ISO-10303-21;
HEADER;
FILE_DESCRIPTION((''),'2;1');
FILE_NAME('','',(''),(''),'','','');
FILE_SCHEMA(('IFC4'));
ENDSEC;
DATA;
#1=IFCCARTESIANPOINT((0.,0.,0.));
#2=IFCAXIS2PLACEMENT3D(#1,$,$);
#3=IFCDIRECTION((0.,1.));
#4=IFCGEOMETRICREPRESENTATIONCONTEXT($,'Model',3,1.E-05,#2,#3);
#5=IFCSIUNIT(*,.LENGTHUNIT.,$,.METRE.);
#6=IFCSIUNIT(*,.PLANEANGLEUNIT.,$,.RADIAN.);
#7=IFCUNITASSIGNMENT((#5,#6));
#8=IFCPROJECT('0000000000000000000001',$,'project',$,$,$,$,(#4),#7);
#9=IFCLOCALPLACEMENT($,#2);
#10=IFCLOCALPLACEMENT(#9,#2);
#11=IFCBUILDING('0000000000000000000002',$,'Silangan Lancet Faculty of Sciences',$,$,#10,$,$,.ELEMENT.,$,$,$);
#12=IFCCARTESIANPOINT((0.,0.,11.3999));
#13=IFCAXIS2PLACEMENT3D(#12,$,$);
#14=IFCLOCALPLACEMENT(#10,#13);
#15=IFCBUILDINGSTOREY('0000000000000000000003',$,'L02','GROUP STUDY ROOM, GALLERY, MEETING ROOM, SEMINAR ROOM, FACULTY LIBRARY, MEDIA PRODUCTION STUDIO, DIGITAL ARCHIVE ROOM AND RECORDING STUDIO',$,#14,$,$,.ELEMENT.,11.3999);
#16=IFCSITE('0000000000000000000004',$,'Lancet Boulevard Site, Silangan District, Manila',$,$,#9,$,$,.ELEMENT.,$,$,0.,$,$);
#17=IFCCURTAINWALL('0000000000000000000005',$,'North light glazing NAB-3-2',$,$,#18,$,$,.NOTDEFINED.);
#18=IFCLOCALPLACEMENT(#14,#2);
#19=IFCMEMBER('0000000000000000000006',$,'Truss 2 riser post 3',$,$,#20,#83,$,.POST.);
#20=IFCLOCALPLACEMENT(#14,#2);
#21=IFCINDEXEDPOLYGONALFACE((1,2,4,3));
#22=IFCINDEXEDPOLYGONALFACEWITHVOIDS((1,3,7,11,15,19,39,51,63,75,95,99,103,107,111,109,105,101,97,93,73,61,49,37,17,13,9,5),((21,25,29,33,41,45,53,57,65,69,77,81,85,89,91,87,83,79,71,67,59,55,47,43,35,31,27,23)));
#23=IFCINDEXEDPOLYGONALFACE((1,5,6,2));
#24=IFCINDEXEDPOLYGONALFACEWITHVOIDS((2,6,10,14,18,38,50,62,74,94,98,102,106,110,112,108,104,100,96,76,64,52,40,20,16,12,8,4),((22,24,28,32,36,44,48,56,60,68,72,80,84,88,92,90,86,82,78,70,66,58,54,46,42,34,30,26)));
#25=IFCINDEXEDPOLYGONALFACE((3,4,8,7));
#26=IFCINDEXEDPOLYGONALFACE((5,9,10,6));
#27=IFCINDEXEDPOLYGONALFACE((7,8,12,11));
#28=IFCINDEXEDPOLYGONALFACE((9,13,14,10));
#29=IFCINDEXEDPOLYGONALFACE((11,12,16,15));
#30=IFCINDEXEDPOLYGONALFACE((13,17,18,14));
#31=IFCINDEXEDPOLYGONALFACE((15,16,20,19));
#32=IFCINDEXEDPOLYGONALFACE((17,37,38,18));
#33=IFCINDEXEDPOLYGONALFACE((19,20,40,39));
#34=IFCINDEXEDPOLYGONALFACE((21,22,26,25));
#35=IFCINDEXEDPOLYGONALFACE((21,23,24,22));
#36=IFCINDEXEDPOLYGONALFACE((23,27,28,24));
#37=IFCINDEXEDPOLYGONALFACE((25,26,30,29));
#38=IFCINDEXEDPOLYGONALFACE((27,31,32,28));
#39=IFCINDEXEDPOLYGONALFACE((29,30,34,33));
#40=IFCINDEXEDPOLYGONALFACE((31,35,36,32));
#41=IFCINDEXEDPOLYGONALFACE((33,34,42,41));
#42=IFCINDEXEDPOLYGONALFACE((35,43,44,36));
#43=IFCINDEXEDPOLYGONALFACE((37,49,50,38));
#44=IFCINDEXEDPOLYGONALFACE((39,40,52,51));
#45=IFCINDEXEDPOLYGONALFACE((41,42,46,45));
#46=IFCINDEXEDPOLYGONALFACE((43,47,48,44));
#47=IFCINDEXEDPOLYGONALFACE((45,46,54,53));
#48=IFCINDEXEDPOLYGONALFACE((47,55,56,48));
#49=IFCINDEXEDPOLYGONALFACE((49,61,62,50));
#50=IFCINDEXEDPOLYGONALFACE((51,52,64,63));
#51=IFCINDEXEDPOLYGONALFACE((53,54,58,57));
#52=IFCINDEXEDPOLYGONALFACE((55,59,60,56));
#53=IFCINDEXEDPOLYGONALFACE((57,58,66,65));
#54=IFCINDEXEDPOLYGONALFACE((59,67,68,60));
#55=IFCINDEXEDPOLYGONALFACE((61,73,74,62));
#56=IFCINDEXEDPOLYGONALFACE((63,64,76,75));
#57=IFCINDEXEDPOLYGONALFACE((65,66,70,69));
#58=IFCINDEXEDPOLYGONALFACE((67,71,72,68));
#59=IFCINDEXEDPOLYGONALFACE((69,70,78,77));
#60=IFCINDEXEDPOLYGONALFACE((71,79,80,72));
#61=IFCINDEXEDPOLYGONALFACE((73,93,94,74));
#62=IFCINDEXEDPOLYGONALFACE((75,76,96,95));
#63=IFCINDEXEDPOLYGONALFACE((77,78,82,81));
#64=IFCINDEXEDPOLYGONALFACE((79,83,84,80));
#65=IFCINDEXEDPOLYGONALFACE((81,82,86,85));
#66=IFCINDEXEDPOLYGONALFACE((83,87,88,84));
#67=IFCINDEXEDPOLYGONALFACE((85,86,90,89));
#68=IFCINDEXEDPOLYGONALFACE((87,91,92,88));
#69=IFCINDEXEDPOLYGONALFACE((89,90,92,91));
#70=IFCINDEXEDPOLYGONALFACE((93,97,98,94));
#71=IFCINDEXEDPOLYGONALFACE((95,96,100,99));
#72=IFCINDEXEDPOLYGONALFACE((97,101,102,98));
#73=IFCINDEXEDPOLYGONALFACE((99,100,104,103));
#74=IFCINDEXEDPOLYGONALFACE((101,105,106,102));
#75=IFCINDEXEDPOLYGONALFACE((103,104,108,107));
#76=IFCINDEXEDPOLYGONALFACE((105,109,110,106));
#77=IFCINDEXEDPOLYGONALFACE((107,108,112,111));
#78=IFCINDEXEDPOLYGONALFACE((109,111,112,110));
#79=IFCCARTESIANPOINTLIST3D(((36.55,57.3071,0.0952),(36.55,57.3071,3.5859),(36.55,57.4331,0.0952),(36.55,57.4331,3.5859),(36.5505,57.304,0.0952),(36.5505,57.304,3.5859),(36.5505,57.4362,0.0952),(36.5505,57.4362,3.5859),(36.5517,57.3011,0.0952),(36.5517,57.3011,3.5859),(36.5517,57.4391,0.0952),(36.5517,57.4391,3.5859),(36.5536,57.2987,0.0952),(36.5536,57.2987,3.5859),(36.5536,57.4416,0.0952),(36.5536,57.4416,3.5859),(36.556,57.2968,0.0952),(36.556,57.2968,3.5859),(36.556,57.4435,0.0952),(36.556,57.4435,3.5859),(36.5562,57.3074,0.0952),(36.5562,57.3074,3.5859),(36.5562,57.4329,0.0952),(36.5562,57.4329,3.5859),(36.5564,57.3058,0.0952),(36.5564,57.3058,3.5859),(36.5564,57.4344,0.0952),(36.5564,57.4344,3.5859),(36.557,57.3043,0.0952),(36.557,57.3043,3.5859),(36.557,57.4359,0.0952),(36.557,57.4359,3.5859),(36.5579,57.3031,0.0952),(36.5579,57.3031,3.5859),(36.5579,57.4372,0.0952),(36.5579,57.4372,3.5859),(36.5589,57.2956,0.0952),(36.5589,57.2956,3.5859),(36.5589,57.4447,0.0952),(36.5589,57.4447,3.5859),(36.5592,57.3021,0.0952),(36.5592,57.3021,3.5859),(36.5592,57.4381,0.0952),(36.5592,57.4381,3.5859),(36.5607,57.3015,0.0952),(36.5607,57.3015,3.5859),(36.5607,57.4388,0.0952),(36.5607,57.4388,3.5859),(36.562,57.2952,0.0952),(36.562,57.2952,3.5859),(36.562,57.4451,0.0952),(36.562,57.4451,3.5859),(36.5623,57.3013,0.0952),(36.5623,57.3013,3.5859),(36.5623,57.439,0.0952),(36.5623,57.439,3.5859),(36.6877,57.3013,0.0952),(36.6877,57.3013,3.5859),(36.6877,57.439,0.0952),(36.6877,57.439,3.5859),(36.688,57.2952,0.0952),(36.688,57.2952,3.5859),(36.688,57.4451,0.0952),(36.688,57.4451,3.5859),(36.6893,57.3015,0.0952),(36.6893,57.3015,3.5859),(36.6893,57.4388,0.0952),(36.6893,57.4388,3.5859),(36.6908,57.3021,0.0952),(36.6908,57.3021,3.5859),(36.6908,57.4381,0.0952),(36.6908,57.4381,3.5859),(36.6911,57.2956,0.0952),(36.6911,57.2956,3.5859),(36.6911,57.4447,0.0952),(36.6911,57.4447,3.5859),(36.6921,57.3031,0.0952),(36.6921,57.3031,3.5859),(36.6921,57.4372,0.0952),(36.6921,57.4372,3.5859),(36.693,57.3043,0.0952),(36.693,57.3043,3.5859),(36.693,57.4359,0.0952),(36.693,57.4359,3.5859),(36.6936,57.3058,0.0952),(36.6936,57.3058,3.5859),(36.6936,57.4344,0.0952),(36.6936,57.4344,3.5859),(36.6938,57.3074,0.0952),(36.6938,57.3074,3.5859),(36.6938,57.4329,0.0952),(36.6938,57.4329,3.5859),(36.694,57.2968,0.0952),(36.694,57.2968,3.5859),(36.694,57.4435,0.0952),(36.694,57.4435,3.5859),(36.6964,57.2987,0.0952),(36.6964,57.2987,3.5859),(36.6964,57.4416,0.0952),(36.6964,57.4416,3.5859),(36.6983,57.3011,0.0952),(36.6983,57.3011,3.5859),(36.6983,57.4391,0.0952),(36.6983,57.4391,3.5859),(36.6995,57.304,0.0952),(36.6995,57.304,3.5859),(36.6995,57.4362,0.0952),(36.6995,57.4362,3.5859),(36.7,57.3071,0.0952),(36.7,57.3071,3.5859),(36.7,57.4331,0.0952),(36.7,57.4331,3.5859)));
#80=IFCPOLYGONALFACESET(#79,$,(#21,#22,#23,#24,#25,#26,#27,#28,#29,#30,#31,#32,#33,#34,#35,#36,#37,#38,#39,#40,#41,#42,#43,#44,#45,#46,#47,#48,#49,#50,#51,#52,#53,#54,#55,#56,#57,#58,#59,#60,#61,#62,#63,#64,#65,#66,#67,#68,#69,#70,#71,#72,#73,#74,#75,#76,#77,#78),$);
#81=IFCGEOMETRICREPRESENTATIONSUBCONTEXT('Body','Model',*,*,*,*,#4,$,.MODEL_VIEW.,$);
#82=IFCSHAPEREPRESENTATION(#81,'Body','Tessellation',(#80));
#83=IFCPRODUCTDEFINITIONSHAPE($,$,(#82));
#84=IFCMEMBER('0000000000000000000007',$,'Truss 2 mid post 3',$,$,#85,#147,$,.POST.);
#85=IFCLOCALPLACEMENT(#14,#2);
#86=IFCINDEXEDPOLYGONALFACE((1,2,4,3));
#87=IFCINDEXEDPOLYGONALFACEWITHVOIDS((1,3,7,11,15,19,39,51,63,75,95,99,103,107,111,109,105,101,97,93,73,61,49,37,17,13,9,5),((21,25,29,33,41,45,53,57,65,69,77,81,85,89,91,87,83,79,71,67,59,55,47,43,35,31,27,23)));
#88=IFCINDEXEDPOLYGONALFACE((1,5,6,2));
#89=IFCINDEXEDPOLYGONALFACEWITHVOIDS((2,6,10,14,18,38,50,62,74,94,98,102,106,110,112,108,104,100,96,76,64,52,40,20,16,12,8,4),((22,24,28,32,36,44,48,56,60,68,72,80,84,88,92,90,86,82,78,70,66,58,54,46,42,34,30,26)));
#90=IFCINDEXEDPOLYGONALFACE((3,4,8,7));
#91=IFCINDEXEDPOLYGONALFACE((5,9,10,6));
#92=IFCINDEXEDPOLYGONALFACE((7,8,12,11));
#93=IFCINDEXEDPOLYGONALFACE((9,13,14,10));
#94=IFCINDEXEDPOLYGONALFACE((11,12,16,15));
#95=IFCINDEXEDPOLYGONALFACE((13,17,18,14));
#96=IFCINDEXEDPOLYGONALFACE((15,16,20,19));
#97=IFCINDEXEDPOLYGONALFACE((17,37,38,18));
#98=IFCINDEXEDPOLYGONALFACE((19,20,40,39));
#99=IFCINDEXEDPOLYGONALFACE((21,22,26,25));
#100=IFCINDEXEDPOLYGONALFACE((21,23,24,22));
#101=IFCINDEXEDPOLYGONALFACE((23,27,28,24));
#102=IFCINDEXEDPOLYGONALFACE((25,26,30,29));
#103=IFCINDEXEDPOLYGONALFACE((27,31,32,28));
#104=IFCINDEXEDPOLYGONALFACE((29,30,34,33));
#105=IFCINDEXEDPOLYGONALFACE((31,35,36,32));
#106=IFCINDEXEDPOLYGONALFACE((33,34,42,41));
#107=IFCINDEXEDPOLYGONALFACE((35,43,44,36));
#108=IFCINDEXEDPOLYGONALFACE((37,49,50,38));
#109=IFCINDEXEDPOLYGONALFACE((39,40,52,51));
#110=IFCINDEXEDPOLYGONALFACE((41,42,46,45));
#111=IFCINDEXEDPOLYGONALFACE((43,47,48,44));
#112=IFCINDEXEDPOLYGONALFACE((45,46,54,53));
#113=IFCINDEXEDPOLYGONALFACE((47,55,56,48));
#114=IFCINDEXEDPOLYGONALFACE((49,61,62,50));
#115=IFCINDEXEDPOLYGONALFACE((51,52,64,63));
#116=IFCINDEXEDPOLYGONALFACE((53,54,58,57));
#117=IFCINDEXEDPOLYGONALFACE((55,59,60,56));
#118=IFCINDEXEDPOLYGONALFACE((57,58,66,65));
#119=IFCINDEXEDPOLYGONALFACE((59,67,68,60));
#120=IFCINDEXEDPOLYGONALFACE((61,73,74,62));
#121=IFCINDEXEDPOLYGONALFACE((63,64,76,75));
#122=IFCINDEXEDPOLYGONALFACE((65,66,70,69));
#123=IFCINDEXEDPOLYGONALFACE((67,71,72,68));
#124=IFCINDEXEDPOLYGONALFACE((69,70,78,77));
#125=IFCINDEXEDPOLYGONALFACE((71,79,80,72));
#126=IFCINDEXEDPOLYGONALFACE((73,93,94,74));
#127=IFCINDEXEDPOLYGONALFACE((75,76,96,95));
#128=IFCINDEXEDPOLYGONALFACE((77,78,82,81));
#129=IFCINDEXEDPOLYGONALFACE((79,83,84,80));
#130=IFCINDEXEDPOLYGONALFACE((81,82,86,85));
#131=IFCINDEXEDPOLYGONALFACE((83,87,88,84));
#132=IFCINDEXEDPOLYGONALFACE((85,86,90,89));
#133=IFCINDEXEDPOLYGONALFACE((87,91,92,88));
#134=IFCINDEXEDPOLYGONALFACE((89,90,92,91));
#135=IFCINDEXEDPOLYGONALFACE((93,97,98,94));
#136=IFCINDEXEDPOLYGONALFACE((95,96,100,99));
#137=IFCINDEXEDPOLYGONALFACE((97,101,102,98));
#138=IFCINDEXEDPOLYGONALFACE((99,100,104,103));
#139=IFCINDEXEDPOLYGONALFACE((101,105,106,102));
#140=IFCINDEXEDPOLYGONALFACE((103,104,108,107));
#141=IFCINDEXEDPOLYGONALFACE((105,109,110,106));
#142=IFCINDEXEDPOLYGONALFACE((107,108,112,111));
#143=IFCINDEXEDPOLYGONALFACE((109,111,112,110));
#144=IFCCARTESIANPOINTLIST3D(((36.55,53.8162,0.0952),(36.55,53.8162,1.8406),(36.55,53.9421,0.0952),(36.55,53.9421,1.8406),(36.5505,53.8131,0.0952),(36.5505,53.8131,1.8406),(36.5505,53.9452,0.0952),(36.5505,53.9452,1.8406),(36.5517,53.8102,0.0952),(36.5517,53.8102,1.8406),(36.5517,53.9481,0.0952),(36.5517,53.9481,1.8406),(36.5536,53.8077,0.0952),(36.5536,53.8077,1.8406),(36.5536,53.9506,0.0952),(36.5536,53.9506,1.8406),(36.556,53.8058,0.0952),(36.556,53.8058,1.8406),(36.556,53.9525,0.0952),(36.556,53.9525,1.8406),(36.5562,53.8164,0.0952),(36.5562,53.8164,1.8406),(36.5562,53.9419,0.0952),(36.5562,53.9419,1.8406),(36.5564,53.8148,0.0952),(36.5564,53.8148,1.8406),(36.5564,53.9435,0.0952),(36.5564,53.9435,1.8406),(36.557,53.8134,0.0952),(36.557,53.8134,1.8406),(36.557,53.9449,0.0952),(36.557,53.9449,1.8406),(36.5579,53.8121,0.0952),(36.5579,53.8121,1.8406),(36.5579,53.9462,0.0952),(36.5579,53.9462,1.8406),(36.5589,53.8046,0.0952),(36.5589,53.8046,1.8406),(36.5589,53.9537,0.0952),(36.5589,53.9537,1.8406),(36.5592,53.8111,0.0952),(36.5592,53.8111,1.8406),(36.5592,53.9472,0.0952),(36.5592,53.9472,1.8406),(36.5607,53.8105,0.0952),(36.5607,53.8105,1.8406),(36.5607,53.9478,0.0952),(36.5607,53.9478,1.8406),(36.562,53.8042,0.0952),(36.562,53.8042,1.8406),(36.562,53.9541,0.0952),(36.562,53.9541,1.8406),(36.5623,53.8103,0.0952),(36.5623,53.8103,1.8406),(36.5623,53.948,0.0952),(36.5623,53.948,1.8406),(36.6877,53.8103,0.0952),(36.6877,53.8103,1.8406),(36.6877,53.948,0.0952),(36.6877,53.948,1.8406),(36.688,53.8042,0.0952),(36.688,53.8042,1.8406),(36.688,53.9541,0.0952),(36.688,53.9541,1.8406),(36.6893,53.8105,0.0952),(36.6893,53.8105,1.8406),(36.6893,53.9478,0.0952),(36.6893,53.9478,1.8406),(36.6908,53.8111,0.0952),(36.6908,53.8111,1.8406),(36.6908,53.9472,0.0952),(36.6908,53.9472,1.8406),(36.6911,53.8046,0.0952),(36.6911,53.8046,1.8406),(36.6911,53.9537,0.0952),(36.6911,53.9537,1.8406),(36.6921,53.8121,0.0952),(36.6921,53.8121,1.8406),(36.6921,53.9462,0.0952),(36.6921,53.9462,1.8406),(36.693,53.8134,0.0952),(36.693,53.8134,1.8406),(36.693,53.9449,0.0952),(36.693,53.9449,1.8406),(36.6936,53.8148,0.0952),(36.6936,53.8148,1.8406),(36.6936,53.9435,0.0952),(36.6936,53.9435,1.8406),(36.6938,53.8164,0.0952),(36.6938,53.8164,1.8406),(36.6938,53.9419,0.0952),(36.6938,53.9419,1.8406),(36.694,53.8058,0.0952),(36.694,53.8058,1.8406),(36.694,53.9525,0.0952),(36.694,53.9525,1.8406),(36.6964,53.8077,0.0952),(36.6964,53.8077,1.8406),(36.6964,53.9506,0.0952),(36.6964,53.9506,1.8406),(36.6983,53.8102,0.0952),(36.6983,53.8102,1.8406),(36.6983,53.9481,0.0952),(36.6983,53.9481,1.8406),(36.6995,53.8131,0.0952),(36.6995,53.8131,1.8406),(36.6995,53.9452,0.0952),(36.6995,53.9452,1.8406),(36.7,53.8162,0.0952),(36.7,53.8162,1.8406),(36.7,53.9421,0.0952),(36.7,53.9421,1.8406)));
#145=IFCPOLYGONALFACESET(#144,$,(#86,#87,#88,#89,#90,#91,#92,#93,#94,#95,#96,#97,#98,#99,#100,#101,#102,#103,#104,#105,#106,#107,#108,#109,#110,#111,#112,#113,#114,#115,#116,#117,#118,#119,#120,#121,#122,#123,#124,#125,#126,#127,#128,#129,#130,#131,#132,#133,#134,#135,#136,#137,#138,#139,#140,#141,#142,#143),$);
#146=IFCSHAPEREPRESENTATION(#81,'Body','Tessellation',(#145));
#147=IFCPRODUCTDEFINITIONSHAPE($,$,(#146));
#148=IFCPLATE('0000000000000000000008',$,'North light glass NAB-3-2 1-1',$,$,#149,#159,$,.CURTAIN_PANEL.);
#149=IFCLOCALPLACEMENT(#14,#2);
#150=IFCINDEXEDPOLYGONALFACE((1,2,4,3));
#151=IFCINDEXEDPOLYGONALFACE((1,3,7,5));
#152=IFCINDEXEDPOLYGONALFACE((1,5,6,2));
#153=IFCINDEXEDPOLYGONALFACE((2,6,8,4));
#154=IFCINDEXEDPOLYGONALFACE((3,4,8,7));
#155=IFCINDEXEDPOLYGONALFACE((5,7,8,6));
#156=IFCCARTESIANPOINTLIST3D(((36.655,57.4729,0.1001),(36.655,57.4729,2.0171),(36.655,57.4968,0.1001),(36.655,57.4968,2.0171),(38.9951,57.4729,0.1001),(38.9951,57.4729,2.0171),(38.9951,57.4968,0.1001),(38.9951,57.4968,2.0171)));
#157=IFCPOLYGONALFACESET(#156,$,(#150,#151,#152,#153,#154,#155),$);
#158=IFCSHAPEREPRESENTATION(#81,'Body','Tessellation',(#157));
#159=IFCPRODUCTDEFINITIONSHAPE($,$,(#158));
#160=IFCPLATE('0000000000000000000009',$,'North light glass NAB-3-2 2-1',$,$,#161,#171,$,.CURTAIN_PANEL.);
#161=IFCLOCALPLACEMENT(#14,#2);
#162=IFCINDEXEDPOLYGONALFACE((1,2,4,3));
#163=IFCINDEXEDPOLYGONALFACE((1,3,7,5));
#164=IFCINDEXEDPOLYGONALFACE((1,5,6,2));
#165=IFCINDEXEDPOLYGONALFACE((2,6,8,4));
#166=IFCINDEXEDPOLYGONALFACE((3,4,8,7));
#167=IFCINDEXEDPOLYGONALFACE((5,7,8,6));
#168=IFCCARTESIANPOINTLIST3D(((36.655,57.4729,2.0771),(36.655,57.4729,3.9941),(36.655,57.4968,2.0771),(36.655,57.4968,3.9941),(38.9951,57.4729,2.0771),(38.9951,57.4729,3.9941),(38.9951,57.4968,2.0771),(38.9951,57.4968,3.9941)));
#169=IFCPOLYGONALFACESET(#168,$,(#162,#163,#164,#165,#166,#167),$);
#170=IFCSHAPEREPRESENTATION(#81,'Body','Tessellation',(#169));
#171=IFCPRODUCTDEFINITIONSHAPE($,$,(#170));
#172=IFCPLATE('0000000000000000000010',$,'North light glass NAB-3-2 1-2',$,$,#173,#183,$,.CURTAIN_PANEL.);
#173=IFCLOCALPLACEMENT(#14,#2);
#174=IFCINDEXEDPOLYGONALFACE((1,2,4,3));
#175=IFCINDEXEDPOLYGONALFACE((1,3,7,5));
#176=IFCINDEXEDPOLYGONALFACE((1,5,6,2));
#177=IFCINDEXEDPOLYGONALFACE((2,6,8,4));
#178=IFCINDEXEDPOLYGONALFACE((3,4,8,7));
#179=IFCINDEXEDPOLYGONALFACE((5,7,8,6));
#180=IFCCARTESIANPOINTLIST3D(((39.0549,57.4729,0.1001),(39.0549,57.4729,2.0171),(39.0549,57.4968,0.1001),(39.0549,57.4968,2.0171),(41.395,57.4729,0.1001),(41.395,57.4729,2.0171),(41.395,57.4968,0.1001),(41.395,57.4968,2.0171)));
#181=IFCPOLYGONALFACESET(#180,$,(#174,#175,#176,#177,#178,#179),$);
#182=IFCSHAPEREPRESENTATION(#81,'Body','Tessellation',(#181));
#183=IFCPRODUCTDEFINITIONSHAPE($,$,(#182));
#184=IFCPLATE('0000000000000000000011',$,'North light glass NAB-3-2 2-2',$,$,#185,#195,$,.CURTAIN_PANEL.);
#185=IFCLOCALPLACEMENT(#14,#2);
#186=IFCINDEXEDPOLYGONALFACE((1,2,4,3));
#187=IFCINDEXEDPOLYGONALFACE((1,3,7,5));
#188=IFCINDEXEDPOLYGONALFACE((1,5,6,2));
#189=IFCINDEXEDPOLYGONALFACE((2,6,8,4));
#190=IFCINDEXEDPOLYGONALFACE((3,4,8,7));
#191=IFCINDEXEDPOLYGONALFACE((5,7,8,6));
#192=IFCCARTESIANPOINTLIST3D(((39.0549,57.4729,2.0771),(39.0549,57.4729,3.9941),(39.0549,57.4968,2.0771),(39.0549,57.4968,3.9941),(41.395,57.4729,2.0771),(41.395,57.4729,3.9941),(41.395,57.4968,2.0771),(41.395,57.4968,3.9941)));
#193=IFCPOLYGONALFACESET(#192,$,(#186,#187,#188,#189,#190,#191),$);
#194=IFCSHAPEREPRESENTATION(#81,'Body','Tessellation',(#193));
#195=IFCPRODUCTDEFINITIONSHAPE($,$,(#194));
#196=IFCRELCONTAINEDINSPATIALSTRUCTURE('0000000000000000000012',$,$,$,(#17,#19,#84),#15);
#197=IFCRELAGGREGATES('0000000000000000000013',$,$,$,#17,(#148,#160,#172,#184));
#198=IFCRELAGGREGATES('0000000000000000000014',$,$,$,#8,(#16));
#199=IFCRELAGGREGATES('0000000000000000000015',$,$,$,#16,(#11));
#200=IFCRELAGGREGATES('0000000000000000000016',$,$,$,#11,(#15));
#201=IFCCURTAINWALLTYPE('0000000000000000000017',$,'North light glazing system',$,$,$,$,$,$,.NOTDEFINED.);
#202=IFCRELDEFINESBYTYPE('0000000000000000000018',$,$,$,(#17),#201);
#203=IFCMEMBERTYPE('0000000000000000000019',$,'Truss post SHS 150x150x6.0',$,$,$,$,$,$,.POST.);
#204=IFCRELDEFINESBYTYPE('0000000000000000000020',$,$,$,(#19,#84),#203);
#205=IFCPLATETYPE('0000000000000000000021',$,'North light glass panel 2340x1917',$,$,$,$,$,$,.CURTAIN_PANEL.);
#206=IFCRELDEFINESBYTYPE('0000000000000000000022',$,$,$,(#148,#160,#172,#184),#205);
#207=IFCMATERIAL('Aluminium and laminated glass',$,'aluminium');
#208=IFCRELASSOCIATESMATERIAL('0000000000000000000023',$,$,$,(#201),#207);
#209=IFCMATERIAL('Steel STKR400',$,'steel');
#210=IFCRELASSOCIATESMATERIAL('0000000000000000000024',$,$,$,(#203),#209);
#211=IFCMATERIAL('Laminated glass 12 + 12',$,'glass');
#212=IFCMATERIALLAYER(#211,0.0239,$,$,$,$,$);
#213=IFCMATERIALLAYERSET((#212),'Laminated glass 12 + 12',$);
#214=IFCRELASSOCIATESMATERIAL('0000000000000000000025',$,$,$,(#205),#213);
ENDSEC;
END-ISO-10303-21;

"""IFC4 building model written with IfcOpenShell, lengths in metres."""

from ifc_helpers import new_model, si_unit, direction, frame, origin, origin_2d, place, context, subcontext, project, spatial, polyline, hollow_rectangle, outline, extrude, material, layer, layer_set, material_profile, profile_set, type_object, element, aggregate, save


model = new_model("IFC4")

# Units and contexts
model_context = context("Model", 3, precision=1e-05, world=origin(), true_north=direction((0.0, 1.0)))
body_context = subcontext(model_context, "Body", "Model", "MODEL_VIEW")
ifc_project = project(units=[si_unit("LENGTHUNIT", "METRE"), si_unit("PLANEANGLEUNIT", "RADIAN")], contexts=[model_context])

# Site, building, storey
site_placement = place(None, origin())
site = spatial("IfcSite", under=ifc_project, at=site_placement, Name="Lancet Boulevard Site, Silangan District, Manila", CompositionType="ELEMENT", RefElevation=0.0)
building_placement = place(site_placement, origin())
building = spatial("IfcBuilding", under=site, at=building_placement, Name="Silangan Lancet Faculty of Sciences", CompositionType="ELEMENT")
storey_placement = place(building_placement, frame((0.0, 0.0, 11.3999)))
storey = spatial("IfcBuildingStorey", under=building, at=storey_placement, Name="L02", Description="GROUP STUDY ROOM, GALLERY, MEETING ROOM, SEMINAR ROOM, FACULTY LIBRARY, MEDIA PRODUCTION STUDIO, DIGITAL ARCHIVE ROOM AND RECORDING STUDIO", CompositionType="ELEMENT", Elevation=11.3999)

# Curtain wall
ifc_material_1 = material(Name="Aluminium and laminated glass", Category="aluminium")
curtain_wall_type = type_object("IfcCurtainWallType", Name="North light glazing system", PredefinedType="NOTDEFINED", material=ifc_material_1)
curtain_wall_1_placement = place(storey_placement, origin())
curtain_wall_1 = element("IfcCurtainWall", 1, at=curtain_wall_1_placement, inside=storey, type_object=curtain_wall_type, Name="North light glazing NAB-3-2", PredefinedType="NOTDEFINED")

# Members
ifc_material_2 = material(Name="Steel STKR400", Category="steel")
ifc_material_profile_1 = material_profile(ifc_material_2, hollow_rectangle(XDim=0.1499, YDim=0.1499, WallThickness=0.0061, InnerFilletRadius=0.0061, OuterFilletRadius=0.012, at=origin_2d()), Name="SHS 150x150x6.0")
ifc_profile_set_1 = profile_set([ifc_material_profile_1], Name="Steel STKR400")
member_type_1 = type_object("IfcMemberType", Name="Truss post SHS 150x150x6.0", PredefinedType="POST", material=ifc_profile_set_1)
member_1_placement = place(storey_placement, frame((36.625, 57.3701, 0.0952), z_axis=(0.0, 0.0, 1.0), x_axis=(1.0, 0.0, 0.0)))
element("IfcMember", 2, at=member_1_placement, inside=storey, type_object=member_type_1, Name="Truss 2 riser post 3", PredefinedType="POST", context=body_context, shape_type="SweptSolid", body=[
    extrude(hollow_rectangle(XDim=0.1499, YDim=0.1499, WallThickness=0.0061, InnerFilletRadius=0.0061, OuterFilletRadius=0.012, at=origin_2d()), origin(), (0.0, 0.0, 1.0), 3.4907),
])
member_2_placement = place(storey_placement, frame((36.625, 53.8792, 0.0952), z_axis=(0.0, 0.0, 1.0), x_axis=(1.0, 0.0, 0.0)))
element("IfcMember", 3, at=member_2_placement, inside=storey, type_object=member_type_1, Name="Truss 2 mid post 3", PredefinedType="POST", context=body_context, shape_type="SweptSolid", body=[
    extrude(hollow_rectangle(XDim=0.1499, YDim=0.1499, WallThickness=0.0061, InnerFilletRadius=0.0061, OuterFilletRadius=0.012, at=origin_2d()), origin(), (0.0, 0.0, 1.0), 1.7454),
])

# Plates
ifc_material_3 = material(Name="Laminated glass 12 + 12", Category="glass")
ifc_layer_1 = layer(ifc_material_3, 0.0239)
ifc_layer_set_1 = layer_set([ifc_layer_1], Name="Laminated glass 12 + 12")
plate_type_1 = type_object("IfcPlateType", Name="North light glass panel 2340x1917", PredefinedType="CURTAIN_PANEL", material=ifc_layer_set_1)
plate_1_placement = place(storey_placement, frame((36.655, 57.4729, 0.1001), z_axis=(0.0, -1.0, 0.0), x_axis=(1.0, 0.0, 0.0)))
plate_1 = element("IfcPlate", 4, at=plate_1_placement, type_object=plate_type_1, Name="North light glass NAB-3-2 1-1", PredefinedType="CURTAIN_PANEL", context=body_context, shape_type="SweptSolid", body=[
    extrude(outline(polyline([(0.0, 0.0), (2.3401, 0.0), (2.3401, 1.917), (0.0, 1.917), (0.0, 0.0)])), origin(), (0.0, 0.0, -1.0), 0.0239),
])
plate_2_placement = place(storey_placement, frame((36.655, 57.4729, 2.0771), z_axis=(0.0, -1.0, 0.0), x_axis=(1.0, 0.0, 0.0)))
plate_2 = element("IfcPlate", 5, at=plate_2_placement, type_object=plate_type_1, Name="North light glass NAB-3-2 2-1", PredefinedType="CURTAIN_PANEL", context=body_context, shape_type="SweptSolid", body=[
    extrude(outline(polyline([(0.0, 0.0), (2.3401, 0.0), (2.3401, 1.917), (0.0, 1.917), (0.0, 0.0)])), origin(), (0.0, 0.0, -1.0), 0.0239),
])
plate_3_placement = place(storey_placement, frame((39.0549, 57.4729, 0.1001), z_axis=(0.0, -1.0, 0.0), x_axis=(1.0, 0.0, 0.0)))
plate_3 = element("IfcPlate", 6, at=plate_3_placement, type_object=plate_type_1, Name="North light glass NAB-3-2 1-2", PredefinedType="CURTAIN_PANEL", context=body_context, shape_type="SweptSolid", body=[
    extrude(outline(polyline([(0.0, 0.0), (2.3401, 0.0), (2.3401, 1.917), (0.0, 1.917), (0.0, 0.0)])), origin(), (0.0, 0.0, -1.0), 0.0239),
])
plate_4_placement = place(storey_placement, frame((39.0549, 57.4729, 2.0771), z_axis=(0.0, -1.0, 0.0), x_axis=(1.0, 0.0, 0.0)))
plate_4 = element("IfcPlate", 7, at=plate_4_placement, type_object=plate_type_1, Name="North light glass NAB-3-2 2-2", PredefinedType="CURTAIN_PANEL", context=body_context, shape_type="SweptSolid", body=[
    extrude(outline(polyline([(0.0, 0.0), (2.3401, 0.0), (2.3401, 1.917), (0.0, 1.917), (0.0, 0.0)])), origin(), (0.0, 0.0, -1.0), 0.0239),
])
aggregate(curtain_wall_1, [plate_1, plate_2, plate_3, plate_4])

save(model, "model.ifc")
